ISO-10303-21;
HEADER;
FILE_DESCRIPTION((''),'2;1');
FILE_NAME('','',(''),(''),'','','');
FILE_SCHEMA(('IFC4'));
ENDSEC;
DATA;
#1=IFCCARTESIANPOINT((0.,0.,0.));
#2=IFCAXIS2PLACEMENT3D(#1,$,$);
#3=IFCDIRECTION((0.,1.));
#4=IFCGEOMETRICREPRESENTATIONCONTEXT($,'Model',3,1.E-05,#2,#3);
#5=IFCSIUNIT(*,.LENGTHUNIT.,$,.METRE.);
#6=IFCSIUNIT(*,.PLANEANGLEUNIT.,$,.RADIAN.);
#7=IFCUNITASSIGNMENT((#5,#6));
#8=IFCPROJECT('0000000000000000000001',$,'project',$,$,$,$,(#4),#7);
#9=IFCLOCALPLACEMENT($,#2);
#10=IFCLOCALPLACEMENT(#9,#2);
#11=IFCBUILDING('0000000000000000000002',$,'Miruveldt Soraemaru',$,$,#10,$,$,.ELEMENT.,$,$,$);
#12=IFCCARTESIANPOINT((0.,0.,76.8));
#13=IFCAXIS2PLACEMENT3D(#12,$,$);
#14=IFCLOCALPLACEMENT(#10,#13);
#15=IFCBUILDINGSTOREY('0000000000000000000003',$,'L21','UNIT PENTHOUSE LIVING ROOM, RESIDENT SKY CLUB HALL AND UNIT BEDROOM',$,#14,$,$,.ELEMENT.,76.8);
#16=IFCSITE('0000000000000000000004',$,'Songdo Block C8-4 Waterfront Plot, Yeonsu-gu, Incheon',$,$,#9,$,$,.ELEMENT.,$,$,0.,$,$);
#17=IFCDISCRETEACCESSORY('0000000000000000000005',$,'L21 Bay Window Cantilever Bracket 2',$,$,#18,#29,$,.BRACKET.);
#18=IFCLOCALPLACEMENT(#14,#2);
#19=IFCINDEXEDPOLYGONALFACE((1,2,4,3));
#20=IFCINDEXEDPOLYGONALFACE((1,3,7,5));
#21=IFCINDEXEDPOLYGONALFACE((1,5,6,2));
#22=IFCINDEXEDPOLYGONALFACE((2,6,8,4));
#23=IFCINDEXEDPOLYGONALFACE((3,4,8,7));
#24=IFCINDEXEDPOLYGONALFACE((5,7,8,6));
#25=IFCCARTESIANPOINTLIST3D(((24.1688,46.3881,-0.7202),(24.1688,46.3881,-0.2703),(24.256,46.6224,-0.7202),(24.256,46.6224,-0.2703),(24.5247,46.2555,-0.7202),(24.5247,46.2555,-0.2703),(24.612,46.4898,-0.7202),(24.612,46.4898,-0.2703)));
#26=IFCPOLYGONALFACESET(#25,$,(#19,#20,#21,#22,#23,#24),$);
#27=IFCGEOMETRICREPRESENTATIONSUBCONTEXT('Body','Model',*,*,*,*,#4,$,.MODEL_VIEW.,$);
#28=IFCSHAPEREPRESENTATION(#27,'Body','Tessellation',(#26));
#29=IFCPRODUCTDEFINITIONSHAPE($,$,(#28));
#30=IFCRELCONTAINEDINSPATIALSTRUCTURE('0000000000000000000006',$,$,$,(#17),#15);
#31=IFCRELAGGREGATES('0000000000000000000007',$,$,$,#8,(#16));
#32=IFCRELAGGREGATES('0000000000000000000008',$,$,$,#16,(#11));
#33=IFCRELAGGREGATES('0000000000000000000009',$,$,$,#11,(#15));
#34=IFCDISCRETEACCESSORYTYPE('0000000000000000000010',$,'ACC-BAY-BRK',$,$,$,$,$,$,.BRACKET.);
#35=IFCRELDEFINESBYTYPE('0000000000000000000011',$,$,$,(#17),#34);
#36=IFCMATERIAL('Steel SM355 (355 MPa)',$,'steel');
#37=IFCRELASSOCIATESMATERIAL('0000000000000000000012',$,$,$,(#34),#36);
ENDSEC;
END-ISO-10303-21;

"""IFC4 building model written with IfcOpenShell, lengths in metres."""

from ifc_helpers import new_model, si_unit, direction, frame, origin, origin_2d, place, context, subcontext, project, spatial, rectangle, extrude, material, type_object, element, save


model = new_model("IFC4")

# Units and contexts
model_context = context("Model", 3, precision=1e-05, world=origin(), true_north=direction((0.0, 1.0)))
body_context = subcontext(model_context, "Body", "Model", "MODEL_VIEW")
ifc_project = project(units=[si_unit("LENGTHUNIT", "METRE"), si_unit("PLANEANGLEUNIT", "RADIAN")], contexts=[model_context])

# Site, building, storey
site_placement = place(None, origin())
site = spatial("IfcSite", under=ifc_project, at=site_placement, Name="Songdo Block C8-4 Waterfront Plot, Yeonsu-gu, Incheon", CompositionType="ELEMENT", RefElevation=0.0)
building_placement = place(site_placement, origin())
building = spatial("IfcBuilding", under=site, at=building_placement, Name="Miruveldt Soraemaru", CompositionType="ELEMENT")
storey_placement = place(building_placement, frame((0.0, 0.0, 76.8)))
storey = spatial("IfcBuildingStorey", under=building, at=storey_placement, Name="L21", Description="UNIT PENTHOUSE LIVING ROOM, RESIDENT SKY CLUB HALL AND UNIT BEDROOM", CompositionType="ELEMENT", Elevation=76.8)

# Discrete accessory
ifc_material_1 = material(Name="Steel SM355 (355 MPa)", Category="steel")
discrete_accessory_type = type_object("IfcDiscreteAccessoryType", Name="ACC-BAY-BRK", PredefinedType="BRACKET", material=ifc_material_1)
discrete_accessory_placement = place(storey_placement, frame((24.3904, 46.439, -0.7202), z_axis=(0.0, 0.0, 1.0), x_axis=(-0.937105, 0.349046, 0.0)))
element("IfcDiscreteAccessory", 1, at=discrete_accessory_placement, inside=storey, type_object=discrete_accessory_type, Name="L21 Bay Window Cantilever Bracket 2", PredefinedType="BRACKET", context=body_context, shape_type="SweptSolid", body=[
    extrude(rectangle(XDim=0.3799, YDim=0.25, at=origin_2d()), origin(), (0.0, 0.0, 1.0), 0.45),
])

save(model, "model.ifc")
